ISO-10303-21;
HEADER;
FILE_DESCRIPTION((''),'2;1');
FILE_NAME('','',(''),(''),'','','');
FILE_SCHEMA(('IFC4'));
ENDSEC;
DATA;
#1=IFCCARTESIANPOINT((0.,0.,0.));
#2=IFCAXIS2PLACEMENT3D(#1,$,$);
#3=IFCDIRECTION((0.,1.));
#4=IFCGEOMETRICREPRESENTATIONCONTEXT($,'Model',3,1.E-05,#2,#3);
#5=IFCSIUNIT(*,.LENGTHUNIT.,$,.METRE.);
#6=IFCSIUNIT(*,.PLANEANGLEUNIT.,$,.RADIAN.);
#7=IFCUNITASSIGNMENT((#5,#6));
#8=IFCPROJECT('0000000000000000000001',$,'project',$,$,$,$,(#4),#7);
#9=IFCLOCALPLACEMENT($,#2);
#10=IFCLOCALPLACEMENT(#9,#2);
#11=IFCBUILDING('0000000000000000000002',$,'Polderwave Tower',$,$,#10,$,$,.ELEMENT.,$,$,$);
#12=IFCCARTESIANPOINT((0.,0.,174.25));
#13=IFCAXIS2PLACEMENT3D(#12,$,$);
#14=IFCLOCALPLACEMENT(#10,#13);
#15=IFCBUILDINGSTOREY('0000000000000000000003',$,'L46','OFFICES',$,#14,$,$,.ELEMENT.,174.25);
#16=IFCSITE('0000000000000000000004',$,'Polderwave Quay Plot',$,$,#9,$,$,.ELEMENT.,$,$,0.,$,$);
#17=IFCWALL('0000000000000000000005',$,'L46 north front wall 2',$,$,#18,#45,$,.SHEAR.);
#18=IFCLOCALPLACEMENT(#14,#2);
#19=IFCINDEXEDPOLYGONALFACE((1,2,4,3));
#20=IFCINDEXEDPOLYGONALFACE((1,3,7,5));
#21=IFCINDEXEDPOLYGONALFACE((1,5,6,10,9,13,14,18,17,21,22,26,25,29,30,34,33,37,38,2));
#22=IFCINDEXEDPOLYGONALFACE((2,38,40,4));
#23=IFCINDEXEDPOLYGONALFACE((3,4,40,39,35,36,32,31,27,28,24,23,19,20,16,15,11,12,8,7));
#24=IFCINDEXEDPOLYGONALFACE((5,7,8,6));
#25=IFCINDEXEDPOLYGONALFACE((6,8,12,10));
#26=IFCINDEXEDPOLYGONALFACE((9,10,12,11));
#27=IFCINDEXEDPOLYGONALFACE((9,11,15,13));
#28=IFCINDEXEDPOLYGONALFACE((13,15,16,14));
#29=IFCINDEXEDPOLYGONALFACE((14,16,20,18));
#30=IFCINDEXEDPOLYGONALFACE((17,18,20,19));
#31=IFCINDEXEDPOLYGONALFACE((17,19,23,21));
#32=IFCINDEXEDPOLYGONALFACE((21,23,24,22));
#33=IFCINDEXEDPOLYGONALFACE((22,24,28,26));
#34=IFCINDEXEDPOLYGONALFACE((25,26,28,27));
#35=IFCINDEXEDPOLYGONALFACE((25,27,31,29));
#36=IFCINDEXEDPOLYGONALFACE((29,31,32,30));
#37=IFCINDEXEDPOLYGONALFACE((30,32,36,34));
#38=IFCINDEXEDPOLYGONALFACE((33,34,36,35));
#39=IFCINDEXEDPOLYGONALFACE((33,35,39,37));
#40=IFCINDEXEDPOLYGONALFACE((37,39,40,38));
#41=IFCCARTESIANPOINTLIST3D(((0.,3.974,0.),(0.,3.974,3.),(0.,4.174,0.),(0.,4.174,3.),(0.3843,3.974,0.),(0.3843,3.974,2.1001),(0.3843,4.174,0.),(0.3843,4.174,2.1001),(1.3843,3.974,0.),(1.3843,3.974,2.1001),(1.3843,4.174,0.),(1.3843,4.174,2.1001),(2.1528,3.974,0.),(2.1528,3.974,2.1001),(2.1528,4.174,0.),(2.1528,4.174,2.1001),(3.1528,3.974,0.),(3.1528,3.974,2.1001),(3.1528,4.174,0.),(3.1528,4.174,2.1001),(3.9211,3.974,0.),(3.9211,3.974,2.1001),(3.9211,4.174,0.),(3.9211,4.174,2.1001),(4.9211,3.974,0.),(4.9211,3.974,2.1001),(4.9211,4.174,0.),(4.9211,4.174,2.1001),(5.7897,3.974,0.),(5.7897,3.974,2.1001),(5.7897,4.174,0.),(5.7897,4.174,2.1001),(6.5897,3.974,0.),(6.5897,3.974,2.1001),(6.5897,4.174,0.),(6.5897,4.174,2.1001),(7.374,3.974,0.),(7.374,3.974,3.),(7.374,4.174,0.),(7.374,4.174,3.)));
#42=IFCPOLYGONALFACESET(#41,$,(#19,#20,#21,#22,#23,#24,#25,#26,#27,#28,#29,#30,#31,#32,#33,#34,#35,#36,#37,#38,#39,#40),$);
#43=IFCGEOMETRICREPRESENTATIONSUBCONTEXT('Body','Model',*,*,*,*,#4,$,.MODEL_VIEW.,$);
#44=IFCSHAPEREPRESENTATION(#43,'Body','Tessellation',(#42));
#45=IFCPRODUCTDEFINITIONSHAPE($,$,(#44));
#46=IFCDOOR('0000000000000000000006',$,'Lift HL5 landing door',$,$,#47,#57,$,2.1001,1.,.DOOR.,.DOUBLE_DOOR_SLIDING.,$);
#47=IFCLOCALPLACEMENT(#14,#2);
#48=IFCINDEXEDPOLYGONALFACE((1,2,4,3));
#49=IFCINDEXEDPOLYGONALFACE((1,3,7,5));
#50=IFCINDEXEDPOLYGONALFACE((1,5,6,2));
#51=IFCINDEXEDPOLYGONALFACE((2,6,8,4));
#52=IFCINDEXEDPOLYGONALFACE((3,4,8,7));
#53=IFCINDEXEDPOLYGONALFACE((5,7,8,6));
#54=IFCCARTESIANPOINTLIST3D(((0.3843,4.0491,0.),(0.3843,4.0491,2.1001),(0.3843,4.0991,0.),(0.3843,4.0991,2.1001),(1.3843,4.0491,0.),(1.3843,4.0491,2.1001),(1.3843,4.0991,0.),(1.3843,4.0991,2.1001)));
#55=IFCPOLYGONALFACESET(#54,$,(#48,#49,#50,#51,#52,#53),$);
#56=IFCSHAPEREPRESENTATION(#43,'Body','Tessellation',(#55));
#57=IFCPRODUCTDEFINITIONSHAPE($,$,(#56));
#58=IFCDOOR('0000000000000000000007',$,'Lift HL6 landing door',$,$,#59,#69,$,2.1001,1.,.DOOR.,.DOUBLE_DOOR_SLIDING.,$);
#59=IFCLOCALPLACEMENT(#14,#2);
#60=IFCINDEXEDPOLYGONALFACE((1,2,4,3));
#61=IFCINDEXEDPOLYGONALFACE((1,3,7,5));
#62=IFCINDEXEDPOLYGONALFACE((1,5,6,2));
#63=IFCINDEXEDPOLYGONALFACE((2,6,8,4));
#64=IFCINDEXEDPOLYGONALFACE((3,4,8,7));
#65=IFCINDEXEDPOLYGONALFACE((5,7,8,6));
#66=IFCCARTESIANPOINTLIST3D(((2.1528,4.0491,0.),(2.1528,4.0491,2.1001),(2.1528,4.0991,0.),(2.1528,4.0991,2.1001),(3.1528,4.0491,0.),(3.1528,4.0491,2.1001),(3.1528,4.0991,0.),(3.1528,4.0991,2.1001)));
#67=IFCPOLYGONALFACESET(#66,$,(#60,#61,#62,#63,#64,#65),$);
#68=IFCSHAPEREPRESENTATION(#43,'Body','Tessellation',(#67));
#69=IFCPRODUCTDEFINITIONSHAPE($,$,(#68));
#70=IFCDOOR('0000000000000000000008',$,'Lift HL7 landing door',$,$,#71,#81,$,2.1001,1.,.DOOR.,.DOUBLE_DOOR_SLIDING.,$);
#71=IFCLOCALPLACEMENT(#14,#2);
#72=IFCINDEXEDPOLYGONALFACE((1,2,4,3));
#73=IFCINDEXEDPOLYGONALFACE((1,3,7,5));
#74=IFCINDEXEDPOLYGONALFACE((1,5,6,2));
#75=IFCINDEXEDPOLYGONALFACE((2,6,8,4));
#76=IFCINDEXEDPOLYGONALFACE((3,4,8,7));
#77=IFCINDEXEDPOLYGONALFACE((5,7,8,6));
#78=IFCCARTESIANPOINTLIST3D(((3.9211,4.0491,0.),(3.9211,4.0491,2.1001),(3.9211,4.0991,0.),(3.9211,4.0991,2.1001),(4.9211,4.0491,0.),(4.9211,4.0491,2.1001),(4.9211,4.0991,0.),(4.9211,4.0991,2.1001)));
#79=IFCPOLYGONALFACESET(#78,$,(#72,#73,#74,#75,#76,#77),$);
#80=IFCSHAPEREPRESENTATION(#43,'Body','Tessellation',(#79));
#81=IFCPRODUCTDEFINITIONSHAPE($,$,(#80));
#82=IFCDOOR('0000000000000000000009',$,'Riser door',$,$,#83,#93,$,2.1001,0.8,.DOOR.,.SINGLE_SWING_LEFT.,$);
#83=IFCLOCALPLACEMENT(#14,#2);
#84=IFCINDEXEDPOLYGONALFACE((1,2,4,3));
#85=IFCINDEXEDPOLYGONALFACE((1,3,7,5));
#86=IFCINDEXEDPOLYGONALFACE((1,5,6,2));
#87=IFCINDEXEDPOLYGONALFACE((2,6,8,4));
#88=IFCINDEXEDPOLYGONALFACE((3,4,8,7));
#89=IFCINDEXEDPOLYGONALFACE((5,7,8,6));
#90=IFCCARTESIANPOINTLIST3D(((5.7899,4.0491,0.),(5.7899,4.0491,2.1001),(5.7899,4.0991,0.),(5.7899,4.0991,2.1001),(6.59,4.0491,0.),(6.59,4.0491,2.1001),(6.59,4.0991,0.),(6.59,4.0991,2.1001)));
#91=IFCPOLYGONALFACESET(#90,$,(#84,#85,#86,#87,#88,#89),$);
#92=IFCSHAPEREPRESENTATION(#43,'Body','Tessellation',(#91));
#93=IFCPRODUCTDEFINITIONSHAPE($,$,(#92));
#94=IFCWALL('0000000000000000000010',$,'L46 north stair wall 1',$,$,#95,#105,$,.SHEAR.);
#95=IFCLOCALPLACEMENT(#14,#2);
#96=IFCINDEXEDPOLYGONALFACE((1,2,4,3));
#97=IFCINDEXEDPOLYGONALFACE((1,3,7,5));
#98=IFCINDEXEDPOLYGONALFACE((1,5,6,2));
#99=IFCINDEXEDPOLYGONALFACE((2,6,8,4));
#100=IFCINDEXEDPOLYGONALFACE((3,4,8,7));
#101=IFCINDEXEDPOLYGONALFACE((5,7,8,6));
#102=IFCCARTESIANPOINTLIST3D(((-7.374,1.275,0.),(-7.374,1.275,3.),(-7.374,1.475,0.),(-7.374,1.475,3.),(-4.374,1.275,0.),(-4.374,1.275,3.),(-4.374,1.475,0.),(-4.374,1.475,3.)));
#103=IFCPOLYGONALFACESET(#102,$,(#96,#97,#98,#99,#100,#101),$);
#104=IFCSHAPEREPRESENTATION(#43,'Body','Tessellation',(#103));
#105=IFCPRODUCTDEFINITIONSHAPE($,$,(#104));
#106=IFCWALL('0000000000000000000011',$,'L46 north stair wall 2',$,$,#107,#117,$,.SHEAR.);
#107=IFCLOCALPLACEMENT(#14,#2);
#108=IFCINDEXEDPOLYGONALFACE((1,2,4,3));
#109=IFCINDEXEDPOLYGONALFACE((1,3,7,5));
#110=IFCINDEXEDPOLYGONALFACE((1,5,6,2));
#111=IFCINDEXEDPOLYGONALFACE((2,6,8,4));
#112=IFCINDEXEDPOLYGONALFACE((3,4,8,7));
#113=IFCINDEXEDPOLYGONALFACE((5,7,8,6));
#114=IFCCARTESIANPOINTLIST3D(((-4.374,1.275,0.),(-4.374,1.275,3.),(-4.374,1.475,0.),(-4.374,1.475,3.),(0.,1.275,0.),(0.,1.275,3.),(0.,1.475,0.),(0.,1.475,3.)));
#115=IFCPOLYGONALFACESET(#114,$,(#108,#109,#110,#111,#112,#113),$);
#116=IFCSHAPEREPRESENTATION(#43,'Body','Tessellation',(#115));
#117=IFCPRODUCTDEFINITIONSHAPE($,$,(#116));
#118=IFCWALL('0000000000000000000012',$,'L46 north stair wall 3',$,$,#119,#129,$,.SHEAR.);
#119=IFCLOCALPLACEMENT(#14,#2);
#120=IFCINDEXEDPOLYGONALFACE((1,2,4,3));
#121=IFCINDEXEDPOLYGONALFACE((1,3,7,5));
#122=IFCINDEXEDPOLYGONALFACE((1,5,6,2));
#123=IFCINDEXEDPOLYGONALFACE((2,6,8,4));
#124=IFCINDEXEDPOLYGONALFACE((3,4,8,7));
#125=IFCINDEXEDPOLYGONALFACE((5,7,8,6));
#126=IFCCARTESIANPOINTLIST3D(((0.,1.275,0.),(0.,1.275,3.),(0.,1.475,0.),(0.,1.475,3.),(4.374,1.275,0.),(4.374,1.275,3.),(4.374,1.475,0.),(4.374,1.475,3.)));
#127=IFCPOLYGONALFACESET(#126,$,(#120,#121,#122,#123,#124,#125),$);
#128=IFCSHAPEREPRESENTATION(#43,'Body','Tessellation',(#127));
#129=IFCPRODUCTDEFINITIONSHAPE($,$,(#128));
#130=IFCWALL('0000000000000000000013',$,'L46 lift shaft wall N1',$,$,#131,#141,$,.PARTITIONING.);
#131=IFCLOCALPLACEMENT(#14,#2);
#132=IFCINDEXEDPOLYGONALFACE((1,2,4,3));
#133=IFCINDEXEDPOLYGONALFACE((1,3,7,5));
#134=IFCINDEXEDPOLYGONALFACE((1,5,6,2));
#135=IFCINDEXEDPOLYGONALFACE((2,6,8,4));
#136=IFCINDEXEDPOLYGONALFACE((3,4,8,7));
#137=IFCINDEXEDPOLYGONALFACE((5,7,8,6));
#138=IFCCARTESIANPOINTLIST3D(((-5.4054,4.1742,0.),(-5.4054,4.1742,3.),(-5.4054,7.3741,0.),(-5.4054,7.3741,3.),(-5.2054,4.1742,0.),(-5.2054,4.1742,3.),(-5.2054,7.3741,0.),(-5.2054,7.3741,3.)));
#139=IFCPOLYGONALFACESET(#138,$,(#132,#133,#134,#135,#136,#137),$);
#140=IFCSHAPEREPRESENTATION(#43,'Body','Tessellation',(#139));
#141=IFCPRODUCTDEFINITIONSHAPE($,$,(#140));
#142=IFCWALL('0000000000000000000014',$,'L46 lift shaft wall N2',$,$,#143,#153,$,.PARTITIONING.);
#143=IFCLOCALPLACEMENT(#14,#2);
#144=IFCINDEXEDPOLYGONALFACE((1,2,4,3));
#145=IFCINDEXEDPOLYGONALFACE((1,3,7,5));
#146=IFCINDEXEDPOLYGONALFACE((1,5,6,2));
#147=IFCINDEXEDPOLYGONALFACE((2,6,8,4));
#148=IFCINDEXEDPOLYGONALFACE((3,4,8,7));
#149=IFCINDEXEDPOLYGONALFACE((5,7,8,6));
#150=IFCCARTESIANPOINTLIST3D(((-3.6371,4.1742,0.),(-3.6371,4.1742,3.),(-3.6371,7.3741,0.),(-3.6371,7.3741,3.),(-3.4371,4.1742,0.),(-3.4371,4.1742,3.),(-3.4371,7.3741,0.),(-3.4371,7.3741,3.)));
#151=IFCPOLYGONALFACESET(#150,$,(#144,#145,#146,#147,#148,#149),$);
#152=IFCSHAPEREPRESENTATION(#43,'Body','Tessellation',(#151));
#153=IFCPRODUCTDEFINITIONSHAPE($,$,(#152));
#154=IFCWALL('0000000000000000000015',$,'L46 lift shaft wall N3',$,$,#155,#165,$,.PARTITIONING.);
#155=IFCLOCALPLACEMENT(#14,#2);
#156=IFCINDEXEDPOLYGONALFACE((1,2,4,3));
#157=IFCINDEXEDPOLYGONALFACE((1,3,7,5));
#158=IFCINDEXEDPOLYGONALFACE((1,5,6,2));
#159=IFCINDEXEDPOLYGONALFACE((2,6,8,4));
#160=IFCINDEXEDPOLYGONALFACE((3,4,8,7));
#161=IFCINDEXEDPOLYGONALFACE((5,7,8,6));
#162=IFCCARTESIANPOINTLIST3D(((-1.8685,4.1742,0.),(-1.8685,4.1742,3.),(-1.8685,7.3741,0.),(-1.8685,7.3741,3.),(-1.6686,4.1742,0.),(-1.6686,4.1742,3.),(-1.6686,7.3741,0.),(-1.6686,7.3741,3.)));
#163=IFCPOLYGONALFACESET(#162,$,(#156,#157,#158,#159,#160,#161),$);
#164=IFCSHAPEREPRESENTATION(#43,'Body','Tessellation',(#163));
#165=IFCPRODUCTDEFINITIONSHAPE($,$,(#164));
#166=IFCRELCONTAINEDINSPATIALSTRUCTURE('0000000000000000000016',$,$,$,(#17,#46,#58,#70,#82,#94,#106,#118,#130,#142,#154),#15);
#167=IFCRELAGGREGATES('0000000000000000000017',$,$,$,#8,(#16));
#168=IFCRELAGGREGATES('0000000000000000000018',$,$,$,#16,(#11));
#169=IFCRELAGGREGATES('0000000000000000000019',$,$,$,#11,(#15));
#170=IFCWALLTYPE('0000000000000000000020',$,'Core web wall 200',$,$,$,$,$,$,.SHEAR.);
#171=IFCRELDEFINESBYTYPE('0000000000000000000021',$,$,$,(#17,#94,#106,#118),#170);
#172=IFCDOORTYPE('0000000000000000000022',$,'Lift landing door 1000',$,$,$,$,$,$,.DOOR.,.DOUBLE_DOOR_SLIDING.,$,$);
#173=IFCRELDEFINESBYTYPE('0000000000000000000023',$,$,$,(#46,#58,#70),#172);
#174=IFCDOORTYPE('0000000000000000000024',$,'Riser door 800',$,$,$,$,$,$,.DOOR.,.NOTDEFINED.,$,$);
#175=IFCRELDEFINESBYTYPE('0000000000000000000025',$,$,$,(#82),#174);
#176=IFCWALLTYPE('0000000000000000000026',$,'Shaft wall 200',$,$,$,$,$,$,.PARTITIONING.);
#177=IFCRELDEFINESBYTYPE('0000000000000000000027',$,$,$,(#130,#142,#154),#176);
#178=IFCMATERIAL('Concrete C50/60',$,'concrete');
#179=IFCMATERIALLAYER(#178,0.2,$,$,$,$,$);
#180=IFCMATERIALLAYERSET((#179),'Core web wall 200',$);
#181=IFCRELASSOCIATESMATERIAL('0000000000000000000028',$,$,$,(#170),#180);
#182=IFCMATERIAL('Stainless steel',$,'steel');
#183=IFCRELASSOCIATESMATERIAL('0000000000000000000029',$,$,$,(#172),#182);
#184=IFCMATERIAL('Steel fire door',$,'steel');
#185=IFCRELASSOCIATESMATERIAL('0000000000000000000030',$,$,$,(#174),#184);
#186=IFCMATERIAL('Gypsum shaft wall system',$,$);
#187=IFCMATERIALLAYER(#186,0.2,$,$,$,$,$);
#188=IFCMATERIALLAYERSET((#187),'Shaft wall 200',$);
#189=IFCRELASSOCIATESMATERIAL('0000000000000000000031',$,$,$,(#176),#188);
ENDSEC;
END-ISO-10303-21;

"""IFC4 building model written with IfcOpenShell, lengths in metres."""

from ifc_helpers import new_model, si_unit, direction, frame, frame_2d, origin, place, context, subcontext, project, spatial, rectangle, extrude, material, layer, layer_set, type_object, element, fill, save


model = new_model("IFC4")

# Units and contexts
model_context = context("Model", 3, precision=1e-05, world=origin(), true_north=direction((0.0, 1.0)))
body_context = subcontext(model_context, "Body", "Model", "MODEL_VIEW")
ifc_project = project(units=[si_unit("LENGTHUNIT", "METRE"), si_unit("PLANEANGLEUNIT", "RADIAN")], contexts=[model_context])

# Site, building, storey
site_placement = place(None, origin())
site = spatial("IfcSite", under=ifc_project, at=site_placement, Name="Polderwave Quay Plot", CompositionType="ELEMENT", RefElevation=0.0)
building_placement = place(site_placement, origin())
building = spatial("IfcBuilding", under=site, at=building_placement, Name="Polderwave Tower", CompositionType="ELEMENT")
storey_placement = place(building_placement, frame((0.0, 0.0, 174.25)))
storey = spatial("IfcBuildingStorey", under=building, at=storey_placement, Name="L46", Description="OFFICES", CompositionType="ELEMENT", Elevation=174.25)

# Wall, openings, doors
ifc_material_1 = material(Name="Concrete C50/60", Category="concrete")
ifc_layer_1 = layer(ifc_material_1, 0.2)
ifc_layer_set_1 = layer_set([ifc_layer_1], Name="Core web wall 200")
wall_type_1 = type_object("IfcWallType", Name="Core web wall 200", PredefinedType="SHEAR", material=ifc_layer_set_1)
ifc_material_2 = material(Name="Stainless steel", Category="steel")
door_type_1 = type_object("IfcDoorType", Name="Lift landing door 1000", OperationType="DOUBLE_DOOR_SLIDING", PredefinedType="DOOR", material=ifc_material_2)
wall_1_placement = place(storey_placement, frame((0.0, 4.074, 0.0), z_axis=(0.0, 0.0, 1.0), x_axis=(1.0, 0.0, 0.0)))
wall_1 = element("IfcWall", 1, at=wall_1_placement, inside=storey, type_object=wall_type_1, Name="L46 north front wall 2", PredefinedType="SHEAR", context=body_context, shape_type="SweptSolid", body=[
    extrude(rectangle(XDim=7.374, YDim=0.2, at=frame_2d((3.687, 0.0))), origin(), (0.0, 0.0, 1.0), 3.0),
])
opening_1_placement = place(wall_1_placement, frame((0.3843, 0.0, 0.0)))
opening_1 = element("IfcOpeningElement", 2, at=opening_1_placement, cuts=wall_1, PredefinedType="OPENING", context=body_context, shape_type="SweptSolid", body=[
    extrude(rectangle(XDim=1.0, YDim=2.1001, at=frame_2d((0.5, 1.05))), frame((0.0, 0.1099, 0.0), z_axis=(0.0, -1.0, 0.0), x_axis=(1.0, 0.0, 0.0)), (0.0, 0.0, 1.0), 0.22),
])
opening_2_placement = place(wall_1_placement, frame((2.1528, 0.0, 0.0)))
opening_2 = element("IfcOpeningElement", 3, at=opening_2_placement, cuts=wall_1, PredefinedType="OPENING", context=body_context, shape_type="SweptSolid", body=[
    extrude(rectangle(XDim=1.0, YDim=2.1001, at=frame_2d((0.5, 1.05))), frame((0.0, 0.1099, 0.0), z_axis=(0.0, -1.0, 0.0), x_axis=(1.0, 0.0, 0.0)), (0.0, 0.0, 1.0), 0.22),
])
opening_3_placement = place(wall_1_placement, frame((3.9211, 0.0, 0.0)))
opening_3 = element("IfcOpeningElement", 4, at=opening_3_placement, cuts=wall_1, PredefinedType="OPENING", context=body_context, shape_type="SweptSolid", body=[
    extrude(rectangle(XDim=1.0, YDim=2.1001, at=frame_2d((0.5, 1.05))), frame((0.0, 0.1099, 0.0), z_axis=(0.0, -1.0, 0.0), x_axis=(1.0, 0.0, 0.0)), (0.0, 0.0, 1.0), 0.22),
])
opening_4_placement = place(wall_1_placement, frame((5.7898, 0.0, 0.0)))
opening_4 = element("IfcOpeningElement", 5, at=opening_4_placement, cuts=wall_1, PredefinedType="OPENING", context=body_context, shape_type="SweptSolid", body=[
    extrude(rectangle(XDim=0.8, YDim=2.1001, at=frame_2d((0.3999, 1.05))), frame((0.0, 0.1099, 0.0), z_axis=(0.0, -1.0, 0.0), x_axis=(1.0, 0.0, 0.0)), (0.0, 0.0, 1.0), 0.22),
])
door_1_placement = place(opening_1_placement, frame((1.0, 0.0, 0.0), z_axis=(0.0, 0.0, 1.0), x_axis=(-1.0, 0.0, 0.0)))
door_1 = element("IfcDoor", 6, at=door_1_placement, inside=storey, type_object=door_type_1, Name="Lift HL5 landing door", OperationType="DOUBLE_DOOR_SLIDING", OverallHeight=2.1001, OverallWidth=1.0, PredefinedType="DOOR", context=body_context, shape_type="SweptSolid", body=[
    extrude(rectangle(XDim=1.0, YDim=2.1001, at=frame_2d((0.5, 1.05))), frame((0.0, 0.0249, 0.0), z_axis=(0.0, -1.0, 0.0), x_axis=(1.0, 0.0, 0.0)), (0.0, 0.0, 1.0), 0.05),
])
fill(opening_1, door_1)
door_2_placement = place(opening_2_placement, frame((1.0, 0.0, 0.0), z_axis=(0.0, 0.0, 1.0), x_axis=(-1.0, 0.0, 0.0)))
door_2 = element("IfcDoor", 7, at=door_2_placement, inside=storey, type_object=door_type_1, Name="Lift HL6 landing door", OperationType="DOUBLE_DOOR_SLIDING", OverallHeight=2.1001, OverallWidth=1.0, PredefinedType="DOOR", context=body_context, shape_type="SweptSolid", body=[
    extrude(rectangle(XDim=1.0, YDim=2.1001, at=frame_2d((0.5, 1.05))), frame((0.0, 0.0249, 0.0), z_axis=(0.0, -1.0, 0.0), x_axis=(1.0, 0.0, 0.0)), (0.0, 0.0, 1.0), 0.05),
])
fill(opening_2, door_2)
door_3_placement = place(opening_3_placement, frame((1.0, 0.0, 0.0), z_axis=(0.0, 0.0, 1.0), x_axis=(-1.0, 0.0, 0.0)))
door_3 = element("IfcDoor", 8, at=door_3_placement, inside=storey, type_object=door_type_1, Name="Lift HL7 landing door", OperationType="DOUBLE_DOOR_SLIDING", OverallHeight=2.1001, OverallWidth=1.0, PredefinedType="DOOR", context=body_context, shape_type="SweptSolid", body=[
    extrude(rectangle(XDim=1.0, YDim=2.1001, at=frame_2d((0.5, 1.05))), frame((0.0, 0.0249, 0.0), z_axis=(0.0, -1.0, 0.0), x_axis=(1.0, 0.0, 0.0)), (0.0, 0.0, 1.0), 0.05),
])
fill(opening_3, door_3)
ifc_material_3 = material(Name="Steel fire door", Category="steel")
door_type_2 = type_object("IfcDoorType", Name="Riser door 800", OperationType="NOTDEFINED", PredefinedType="DOOR", material=ifc_material_3)
door_4_placement = place(opening_4_placement, frame((0.8, 0.0, 0.0), z_axis=(0.0, 0.0, 1.0), x_axis=(-1.0, 0.0, 0.0)))
door_4 = element("IfcDoor", 9, at=door_4_placement, inside=storey, type_object=door_type_2, Name="Riser door", OperationType="SINGLE_SWING_LEFT", OverallHeight=2.1001, OverallWidth=0.8, PredefinedType="DOOR", context=body_context, shape_type="SweptSolid", body=[
    extrude(rectangle(XDim=0.8, YDim=2.1001, at=frame_2d((0.3999, 1.05))), frame((0.0, 0.0249, 0.0), z_axis=(0.0, -1.0, 0.0), x_axis=(1.0, 0.0, 0.0)), (0.0, 0.0, 1.0), 0.05),
])
fill(opening_4, door_4)

# Walls
wall_2_placement = place(storey_placement, frame((-7.374, 1.375, 0.0), z_axis=(0.0, 0.0, 1.0), x_axis=(1.0, 0.0, 0.0)))
element("IfcWall", 10, at=wall_2_placement, inside=storey, type_object=wall_type_1, Name="L46 north stair wall 1", PredefinedType="SHEAR", context=body_context, shape_type="SweptSolid", body=[
    extrude(rectangle(XDim=3.0, YDim=0.2, at=frame_2d((1.5, 0.0))), origin(), (0.0, 0.0, 1.0), 3.0),
])
for number, where, z_axis, x_axis, name in (
    (11, (-4.374, 1.375, 0.0), (0.0, 0.0, 1.0), (1.0, 0.0, 0.0), "L46 north stair wall 2"),
    (12, (0.0, 1.375, 0.0), (0.0, 0.0, 1.0), (1.0, 0.0, 0.0), "L46 north stair wall 3"),
):
    element("IfcWall", number, at=place(storey_placement, frame(where, z_axis=z_axis, x_axis=x_axis)), inside=storey, type_object=wall_type_1, Name=name, PredefinedType="SHEAR", context=body_context, shape_type="SweptSolid", body=[
        extrude(rectangle(XDim=4.374, YDim=0.2, at=frame_2d((2.187, 0.0))), origin(), (0.0, 0.0, 1.0), 3.0),
    ])
ifc_material_4 = material(Name="Gypsum shaft wall system")
ifc_layer_2 = layer(ifc_material_4, 0.2)
ifc_layer_set_2 = layer_set([ifc_layer_2], Name="Shaft wall 200")
wall_type_2 = type_object("IfcWallType", Name="Shaft wall 200", PredefinedType="PARTITIONING", material=ifc_layer_set_2)
for number, where, z_axis, x_axis, name in (
    (13, (-5.3054, 4.1741, 0.0), (0.0, 0.0, 1.0), (0.0, 1.0, 0.0), "L46 lift shaft wall N1"),
    (14, (-3.5371, 4.1741, 0.0), (0.0, 0.0, 1.0), (0.0, 1.0, 0.0), "L46 lift shaft wall N2"),
    (15, (-1.7686, 4.1741, 0.0), (0.0, 0.0, 1.0), (0.0, 1.0, 0.0), "L46 lift shaft wall N3"),
):
    element("IfcWall", number, at=place(storey_placement, frame(where, z_axis=z_axis, x_axis=x_axis)), inside=storey, type_object=wall_type_2, Name=name, PredefinedType="PARTITIONING", context=body_context, shape_type="SweptSolid", body=[
        extrude(rectangle(XDim=3.2, YDim=0.2, at=frame_2d((1.6001, 0.0))), origin(), (0.0, 0.0, 1.0), 3.0),
    ])

save(model, "model.ifc")
